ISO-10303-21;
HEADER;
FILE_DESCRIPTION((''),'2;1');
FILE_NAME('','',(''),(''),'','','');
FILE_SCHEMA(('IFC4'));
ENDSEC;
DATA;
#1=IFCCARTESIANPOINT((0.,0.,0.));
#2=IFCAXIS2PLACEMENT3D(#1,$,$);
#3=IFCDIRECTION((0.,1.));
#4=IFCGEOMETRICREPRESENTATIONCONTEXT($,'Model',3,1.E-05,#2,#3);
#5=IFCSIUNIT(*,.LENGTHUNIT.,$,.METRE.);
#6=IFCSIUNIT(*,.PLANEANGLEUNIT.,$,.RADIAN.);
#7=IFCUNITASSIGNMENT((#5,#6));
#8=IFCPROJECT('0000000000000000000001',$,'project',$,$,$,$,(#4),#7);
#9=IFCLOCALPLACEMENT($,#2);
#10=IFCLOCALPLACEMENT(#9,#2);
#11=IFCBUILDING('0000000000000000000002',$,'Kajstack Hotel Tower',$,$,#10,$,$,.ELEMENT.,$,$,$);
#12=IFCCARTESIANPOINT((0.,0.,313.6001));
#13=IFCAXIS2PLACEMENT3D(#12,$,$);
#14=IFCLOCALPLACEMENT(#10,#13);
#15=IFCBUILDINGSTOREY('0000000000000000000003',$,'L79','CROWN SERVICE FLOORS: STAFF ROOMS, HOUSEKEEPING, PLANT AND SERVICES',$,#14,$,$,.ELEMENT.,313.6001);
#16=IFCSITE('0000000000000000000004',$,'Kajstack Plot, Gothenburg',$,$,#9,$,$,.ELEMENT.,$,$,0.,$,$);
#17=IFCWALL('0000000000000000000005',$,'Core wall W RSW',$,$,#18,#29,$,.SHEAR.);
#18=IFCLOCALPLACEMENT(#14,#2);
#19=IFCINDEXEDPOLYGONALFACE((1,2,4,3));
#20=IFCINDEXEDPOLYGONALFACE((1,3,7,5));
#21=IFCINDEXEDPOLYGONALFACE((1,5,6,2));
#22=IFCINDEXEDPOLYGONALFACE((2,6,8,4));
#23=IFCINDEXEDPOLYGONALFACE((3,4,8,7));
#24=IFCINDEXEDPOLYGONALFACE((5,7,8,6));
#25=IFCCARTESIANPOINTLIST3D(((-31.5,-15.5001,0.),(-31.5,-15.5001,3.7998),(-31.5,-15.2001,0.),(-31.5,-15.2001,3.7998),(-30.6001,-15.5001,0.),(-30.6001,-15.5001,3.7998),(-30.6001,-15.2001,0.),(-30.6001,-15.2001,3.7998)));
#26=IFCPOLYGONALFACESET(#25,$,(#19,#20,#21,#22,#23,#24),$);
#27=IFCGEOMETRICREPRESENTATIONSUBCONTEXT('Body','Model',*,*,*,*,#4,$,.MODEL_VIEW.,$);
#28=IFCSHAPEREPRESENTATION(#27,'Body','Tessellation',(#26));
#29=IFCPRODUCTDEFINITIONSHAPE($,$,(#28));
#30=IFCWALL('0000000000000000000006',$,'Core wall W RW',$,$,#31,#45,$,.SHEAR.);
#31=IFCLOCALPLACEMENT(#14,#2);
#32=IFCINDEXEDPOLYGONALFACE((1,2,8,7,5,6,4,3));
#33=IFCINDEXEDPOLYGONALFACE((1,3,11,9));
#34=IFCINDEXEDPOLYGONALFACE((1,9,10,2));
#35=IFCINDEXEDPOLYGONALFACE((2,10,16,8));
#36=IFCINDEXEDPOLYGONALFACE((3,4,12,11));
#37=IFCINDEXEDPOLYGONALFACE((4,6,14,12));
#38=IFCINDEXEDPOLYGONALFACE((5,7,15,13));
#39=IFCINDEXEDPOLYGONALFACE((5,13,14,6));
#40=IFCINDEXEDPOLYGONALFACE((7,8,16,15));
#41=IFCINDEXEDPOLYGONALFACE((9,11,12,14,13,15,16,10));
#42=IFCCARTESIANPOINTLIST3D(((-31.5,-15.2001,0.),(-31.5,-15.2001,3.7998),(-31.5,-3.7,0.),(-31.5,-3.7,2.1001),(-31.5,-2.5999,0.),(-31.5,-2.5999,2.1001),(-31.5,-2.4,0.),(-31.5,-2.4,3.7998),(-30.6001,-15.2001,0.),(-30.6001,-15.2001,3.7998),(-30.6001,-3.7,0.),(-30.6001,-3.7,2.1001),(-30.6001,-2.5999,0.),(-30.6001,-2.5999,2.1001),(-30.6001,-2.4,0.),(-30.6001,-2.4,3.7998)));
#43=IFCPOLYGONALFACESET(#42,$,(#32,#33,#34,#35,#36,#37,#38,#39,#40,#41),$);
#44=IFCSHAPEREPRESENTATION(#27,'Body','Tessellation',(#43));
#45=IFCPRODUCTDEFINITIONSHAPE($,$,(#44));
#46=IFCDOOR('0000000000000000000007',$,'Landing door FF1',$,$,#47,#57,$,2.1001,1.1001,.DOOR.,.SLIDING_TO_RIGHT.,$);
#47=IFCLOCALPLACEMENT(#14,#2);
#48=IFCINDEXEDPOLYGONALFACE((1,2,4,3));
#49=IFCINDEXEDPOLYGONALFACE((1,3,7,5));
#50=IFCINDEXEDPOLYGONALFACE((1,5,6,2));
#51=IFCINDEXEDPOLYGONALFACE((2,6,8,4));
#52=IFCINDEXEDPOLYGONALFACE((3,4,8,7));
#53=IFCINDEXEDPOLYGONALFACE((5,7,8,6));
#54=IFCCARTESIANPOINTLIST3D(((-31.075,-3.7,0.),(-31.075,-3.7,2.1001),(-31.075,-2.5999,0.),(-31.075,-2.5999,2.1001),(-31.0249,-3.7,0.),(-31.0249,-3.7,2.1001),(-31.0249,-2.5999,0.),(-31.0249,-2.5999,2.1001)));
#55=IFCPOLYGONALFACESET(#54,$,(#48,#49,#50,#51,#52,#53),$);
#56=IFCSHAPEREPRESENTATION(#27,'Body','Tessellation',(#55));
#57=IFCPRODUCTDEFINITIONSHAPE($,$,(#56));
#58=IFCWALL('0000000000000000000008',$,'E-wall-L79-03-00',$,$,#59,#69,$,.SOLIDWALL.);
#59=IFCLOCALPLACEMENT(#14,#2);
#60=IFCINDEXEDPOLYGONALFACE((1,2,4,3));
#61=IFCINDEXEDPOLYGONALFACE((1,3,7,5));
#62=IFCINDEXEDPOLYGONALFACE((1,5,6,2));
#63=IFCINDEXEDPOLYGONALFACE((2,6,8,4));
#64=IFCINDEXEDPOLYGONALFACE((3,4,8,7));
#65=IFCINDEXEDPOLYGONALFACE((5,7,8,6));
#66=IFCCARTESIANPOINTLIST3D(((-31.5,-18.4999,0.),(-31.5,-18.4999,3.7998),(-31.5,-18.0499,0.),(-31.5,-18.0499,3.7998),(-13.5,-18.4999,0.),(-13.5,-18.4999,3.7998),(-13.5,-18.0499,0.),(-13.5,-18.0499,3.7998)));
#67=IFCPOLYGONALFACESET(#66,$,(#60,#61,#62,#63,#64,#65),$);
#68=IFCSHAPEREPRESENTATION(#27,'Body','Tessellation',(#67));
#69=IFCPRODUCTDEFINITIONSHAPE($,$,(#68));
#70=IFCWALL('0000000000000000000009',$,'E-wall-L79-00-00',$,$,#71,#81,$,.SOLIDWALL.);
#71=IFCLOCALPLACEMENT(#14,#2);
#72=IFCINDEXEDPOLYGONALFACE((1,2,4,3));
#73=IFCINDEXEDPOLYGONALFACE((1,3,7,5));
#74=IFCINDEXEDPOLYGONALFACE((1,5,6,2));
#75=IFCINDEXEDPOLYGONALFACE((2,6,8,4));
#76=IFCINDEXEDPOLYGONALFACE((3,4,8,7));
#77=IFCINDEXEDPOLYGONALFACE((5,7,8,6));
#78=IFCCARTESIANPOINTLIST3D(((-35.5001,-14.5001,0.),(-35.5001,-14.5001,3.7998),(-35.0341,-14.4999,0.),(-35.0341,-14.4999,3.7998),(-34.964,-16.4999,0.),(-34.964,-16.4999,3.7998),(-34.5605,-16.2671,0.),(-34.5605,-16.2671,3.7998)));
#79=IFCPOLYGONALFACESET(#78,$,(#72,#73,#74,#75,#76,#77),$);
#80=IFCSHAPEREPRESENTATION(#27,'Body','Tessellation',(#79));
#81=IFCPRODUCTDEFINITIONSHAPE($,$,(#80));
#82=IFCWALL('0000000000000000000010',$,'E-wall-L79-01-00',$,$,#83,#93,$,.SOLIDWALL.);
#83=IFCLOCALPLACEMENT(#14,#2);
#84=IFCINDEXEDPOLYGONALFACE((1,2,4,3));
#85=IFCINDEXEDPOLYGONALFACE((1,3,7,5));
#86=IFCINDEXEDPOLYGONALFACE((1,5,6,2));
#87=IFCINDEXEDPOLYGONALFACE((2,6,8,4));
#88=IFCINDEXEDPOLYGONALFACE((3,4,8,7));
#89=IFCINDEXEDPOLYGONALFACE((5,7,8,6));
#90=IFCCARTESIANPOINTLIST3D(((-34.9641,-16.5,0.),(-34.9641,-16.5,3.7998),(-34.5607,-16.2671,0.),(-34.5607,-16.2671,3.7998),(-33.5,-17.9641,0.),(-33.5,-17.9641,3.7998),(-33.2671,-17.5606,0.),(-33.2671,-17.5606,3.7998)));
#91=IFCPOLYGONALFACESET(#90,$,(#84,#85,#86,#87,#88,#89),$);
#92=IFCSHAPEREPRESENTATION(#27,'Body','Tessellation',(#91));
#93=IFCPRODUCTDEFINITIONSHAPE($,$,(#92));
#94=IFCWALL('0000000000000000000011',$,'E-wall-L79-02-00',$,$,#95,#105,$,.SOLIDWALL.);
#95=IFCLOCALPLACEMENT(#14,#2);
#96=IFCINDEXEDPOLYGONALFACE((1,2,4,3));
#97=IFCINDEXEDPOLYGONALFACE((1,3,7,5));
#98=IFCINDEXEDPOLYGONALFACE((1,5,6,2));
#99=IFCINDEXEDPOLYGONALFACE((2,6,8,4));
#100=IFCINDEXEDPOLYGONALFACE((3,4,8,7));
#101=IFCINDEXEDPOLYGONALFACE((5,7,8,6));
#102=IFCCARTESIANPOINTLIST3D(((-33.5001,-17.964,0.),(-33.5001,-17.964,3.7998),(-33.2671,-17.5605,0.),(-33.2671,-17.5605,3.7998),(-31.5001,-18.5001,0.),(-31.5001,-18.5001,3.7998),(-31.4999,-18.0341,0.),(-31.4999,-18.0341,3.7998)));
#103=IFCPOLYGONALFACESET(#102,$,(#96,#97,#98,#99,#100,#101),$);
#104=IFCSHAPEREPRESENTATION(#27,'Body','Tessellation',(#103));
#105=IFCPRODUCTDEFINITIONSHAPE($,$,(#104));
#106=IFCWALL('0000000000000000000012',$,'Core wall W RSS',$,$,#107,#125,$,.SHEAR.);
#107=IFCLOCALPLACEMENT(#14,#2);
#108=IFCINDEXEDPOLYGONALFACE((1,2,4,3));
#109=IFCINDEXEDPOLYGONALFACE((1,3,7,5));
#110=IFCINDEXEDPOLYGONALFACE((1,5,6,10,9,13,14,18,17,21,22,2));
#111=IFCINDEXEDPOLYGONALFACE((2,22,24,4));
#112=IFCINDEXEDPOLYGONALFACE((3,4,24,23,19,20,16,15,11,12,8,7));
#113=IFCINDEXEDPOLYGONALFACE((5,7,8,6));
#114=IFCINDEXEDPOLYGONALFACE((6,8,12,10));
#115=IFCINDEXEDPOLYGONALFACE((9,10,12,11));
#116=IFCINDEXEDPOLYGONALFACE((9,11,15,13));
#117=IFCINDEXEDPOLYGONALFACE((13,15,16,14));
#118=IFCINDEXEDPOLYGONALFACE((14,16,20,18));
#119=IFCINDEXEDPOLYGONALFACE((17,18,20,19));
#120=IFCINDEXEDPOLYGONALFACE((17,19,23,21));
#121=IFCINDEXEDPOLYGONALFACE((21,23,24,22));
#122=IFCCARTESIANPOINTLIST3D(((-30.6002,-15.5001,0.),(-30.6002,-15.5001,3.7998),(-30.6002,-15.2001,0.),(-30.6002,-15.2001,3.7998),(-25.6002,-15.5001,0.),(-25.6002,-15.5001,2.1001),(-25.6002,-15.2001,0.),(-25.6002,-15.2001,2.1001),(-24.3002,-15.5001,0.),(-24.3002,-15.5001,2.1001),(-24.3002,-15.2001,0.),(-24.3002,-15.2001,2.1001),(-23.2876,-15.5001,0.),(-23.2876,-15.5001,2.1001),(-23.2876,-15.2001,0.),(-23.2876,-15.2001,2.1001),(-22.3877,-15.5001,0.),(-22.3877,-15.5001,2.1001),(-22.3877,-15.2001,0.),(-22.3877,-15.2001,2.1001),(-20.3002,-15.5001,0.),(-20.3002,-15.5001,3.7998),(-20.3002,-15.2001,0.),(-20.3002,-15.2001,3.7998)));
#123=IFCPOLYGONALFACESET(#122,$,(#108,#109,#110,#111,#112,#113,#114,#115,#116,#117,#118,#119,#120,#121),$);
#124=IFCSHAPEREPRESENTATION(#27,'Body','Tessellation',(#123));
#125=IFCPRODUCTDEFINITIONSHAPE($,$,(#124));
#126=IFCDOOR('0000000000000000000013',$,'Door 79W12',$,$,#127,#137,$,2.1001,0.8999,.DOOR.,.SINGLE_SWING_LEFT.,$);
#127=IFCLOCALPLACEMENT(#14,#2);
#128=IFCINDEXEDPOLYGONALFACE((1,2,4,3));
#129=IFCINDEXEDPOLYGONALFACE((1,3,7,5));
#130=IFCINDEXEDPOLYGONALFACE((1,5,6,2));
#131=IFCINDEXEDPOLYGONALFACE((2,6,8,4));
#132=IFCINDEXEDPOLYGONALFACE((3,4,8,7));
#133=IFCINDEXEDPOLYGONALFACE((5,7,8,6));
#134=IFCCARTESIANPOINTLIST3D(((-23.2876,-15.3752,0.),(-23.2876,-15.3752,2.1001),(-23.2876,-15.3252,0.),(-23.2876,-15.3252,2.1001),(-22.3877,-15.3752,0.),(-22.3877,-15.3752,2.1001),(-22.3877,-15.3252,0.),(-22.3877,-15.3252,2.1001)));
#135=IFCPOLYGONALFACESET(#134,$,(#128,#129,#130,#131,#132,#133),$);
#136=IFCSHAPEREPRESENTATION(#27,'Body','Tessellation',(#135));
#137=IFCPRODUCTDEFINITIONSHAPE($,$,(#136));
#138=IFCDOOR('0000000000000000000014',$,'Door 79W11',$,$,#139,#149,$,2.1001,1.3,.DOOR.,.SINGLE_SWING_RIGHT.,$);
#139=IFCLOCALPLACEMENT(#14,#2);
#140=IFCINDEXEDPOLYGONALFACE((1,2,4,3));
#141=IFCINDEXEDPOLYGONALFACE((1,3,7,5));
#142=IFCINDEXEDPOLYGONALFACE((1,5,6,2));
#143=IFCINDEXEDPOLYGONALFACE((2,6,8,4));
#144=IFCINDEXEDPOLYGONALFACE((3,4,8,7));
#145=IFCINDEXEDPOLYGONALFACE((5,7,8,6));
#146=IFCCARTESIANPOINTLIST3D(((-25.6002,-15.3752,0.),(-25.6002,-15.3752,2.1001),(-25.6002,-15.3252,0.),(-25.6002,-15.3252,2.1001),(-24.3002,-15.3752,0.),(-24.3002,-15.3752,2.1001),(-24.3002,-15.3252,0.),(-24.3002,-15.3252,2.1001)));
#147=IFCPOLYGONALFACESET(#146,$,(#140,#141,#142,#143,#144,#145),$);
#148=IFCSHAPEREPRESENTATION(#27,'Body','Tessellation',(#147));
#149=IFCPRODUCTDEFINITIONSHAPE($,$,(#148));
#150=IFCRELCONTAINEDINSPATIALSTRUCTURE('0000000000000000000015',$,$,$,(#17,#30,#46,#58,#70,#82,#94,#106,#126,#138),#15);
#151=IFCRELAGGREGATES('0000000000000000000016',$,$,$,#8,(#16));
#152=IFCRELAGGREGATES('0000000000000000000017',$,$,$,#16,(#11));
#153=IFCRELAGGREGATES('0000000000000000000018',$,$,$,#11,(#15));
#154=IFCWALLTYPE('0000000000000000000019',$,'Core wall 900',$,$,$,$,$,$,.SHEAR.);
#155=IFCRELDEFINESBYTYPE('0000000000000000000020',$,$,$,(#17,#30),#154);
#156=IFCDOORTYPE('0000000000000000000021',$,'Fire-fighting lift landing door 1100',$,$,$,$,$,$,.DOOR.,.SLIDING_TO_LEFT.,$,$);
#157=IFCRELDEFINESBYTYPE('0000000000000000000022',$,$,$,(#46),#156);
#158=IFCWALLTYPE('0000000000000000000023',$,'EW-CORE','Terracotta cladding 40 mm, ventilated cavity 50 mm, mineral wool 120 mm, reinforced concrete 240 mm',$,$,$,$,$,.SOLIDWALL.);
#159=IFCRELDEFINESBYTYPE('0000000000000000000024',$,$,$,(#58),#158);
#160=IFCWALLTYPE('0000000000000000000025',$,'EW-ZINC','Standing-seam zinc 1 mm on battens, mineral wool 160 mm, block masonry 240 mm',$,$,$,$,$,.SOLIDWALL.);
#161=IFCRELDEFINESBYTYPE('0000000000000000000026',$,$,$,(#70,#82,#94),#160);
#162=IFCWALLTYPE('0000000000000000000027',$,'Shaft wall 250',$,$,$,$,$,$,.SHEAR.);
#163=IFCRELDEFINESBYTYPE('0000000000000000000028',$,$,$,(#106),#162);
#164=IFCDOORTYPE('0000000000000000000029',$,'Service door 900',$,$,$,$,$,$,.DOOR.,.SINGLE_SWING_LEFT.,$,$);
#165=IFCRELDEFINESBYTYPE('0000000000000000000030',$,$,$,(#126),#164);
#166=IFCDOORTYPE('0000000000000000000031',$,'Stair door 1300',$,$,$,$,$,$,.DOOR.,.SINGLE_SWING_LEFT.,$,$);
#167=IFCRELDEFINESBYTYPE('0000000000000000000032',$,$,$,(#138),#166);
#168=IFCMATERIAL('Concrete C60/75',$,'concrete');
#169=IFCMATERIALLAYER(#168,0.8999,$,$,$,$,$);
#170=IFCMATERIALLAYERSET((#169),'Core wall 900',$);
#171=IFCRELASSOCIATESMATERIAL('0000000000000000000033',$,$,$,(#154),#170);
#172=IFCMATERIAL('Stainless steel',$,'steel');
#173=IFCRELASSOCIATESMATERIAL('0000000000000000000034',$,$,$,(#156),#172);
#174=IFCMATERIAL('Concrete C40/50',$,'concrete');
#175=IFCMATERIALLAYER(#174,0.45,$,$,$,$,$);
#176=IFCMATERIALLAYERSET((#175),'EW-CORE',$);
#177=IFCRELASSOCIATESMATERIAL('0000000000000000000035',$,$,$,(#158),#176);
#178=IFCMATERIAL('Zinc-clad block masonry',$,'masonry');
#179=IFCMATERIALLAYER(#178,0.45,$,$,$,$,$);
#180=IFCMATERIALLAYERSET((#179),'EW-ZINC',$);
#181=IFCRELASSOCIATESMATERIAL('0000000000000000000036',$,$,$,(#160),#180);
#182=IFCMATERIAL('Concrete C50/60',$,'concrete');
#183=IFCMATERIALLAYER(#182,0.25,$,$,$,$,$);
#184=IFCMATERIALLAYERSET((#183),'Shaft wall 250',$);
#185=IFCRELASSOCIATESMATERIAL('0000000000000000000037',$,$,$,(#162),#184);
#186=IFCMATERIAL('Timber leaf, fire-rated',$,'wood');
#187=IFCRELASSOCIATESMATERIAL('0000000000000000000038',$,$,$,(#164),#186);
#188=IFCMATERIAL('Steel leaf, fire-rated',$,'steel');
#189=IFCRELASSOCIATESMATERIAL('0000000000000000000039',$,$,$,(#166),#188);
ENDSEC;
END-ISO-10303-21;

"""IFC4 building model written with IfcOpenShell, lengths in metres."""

from ifc_helpers import new_model, si_unit, direction, frame, frame_2d, origin, place, context, subcontext, project, spatial, polyline, rectangle, outline, extrude, material, layer, layer_set, type_object, element, fill, save


model = new_model("IFC4")

# Units and contexts
model_context = context("Model", 3, precision=1e-05, world=origin(), true_north=direction((0.0, 1.0)))
body_context = subcontext(model_context, "Body", "Model", "MODEL_VIEW")
ifc_project = project(units=[si_unit("LENGTHUNIT", "METRE"), si_unit("PLANEANGLEUNIT", "RADIAN")], contexts=[model_context])

# Site, building, storey
site_placement = place(None, origin())
site = spatial("IfcSite", under=ifc_project, at=site_placement, Name="Kajstack Plot, Gothenburg", CompositionType="ELEMENT", RefElevation=0.0)
building_placement = place(site_placement, origin())
building = spatial("IfcBuilding", under=site, at=building_placement, Name="Kajstack Hotel Tower", CompositionType="ELEMENT")
storey_placement = place(building_placement, frame((0.0, 0.0, 313.6001)))
storey = spatial("IfcBuildingStorey", under=building, at=storey_placement, Name="L79", Description="CROWN SERVICE FLOORS: STAFF ROOMS, HOUSEKEEPING, PLANT AND SERVICES", CompositionType="ELEMENT", Elevation=313.6001)

# Wall
ifc_material_1 = material(Name="Concrete C60/75", Category="concrete")
ifc_layer_1 = layer(ifc_material_1, 0.8999)
ifc_layer_set_1 = layer_set([ifc_layer_1], Name="Core wall 900")
wall_type_1 = type_object("IfcWallType", Name="Core wall 900", PredefinedType="SHEAR", material=ifc_layer_set_1)
wall_1_placement = place(storey_placement, frame((-31.5, -15.3501, 0.0), z_axis=(0.0, 0.0, 1.0), x_axis=(1.0, 0.0, 0.0)))
element("IfcWall", 1, at=wall_1_placement, inside=storey, type_object=wall_type_1, Name="Core wall W RSW", PredefinedType="SHEAR", context=body_context, shape_type="SweptSolid", body=[
    extrude(rectangle(XDim=0.8999, YDim=0.3, at=frame_2d((0.45, 0.0))), origin(), (0.0, 0.0, 1.0), 3.7998),
])

# Wall, opening, door
wall_2_placement = place(storey_placement, frame((-31.05, -15.2, 0.0), z_axis=(0.0, 0.0, 1.0), x_axis=(0.0, 1.0, 0.0)))
wall_2 = element("IfcWall", 2, at=wall_2_placement, inside=storey, type_object=wall_type_1, Name="Core wall W RW", PredefinedType="SHEAR", context=body_context, shape_type="SweptSolid", body=[
    extrude(rectangle(XDim=12.8, YDim=0.8999, at=frame_2d((6.3999, 0.0))), origin(), (0.0, 0.0, 1.0), 3.7998),
])
opening_1_placement = place(wall_2_placement, frame((11.5, 0.0, 0.0)))
opening_1 = element("IfcOpeningElement", 3, at=opening_1_placement, cuts=wall_2, PredefinedType="OPENING", context=body_context, shape_type="SweptSolid", body=[
    extrude(rectangle(XDim=1.1001, YDim=2.1001, at=frame_2d((0.55, 1.05))), frame((0.0, 0.46, 0.0), z_axis=(0.0, -1.0, 0.0), x_axis=(1.0, 0.0, 0.0)), (0.0, 0.0, 1.0), 0.9199),
])
ifc_material_2 = material(Name="Stainless steel", Category="steel")
door_type_1 = type_object("IfcDoorType", Name="Fire-fighting lift landing door 1100", OperationType="SLIDING_TO_LEFT", PredefinedType="DOOR", material=ifc_material_2)
door_1_placement = place(opening_1_placement, origin())
door_1 = element("IfcDoor", 4, at=door_1_placement, inside=storey, type_object=door_type_1, Name="Landing door FF1", OperationType="SLIDING_TO_RIGHT", OverallHeight=2.1001, OverallWidth=1.1001, PredefinedType="DOOR", context=body_context, shape_type="SweptSolid", body=[
    extrude(rectangle(XDim=1.1001, YDim=2.1001, at=frame_2d((0.55, 1.05))), frame((0.0, 0.0249, 0.0), z_axis=(0.0, -1.0, 0.0), x_axis=(1.0, 0.0, 0.0)), (0.0, 0.0, 1.0), 0.05),
])
fill(opening_1, door_1)

# Walls
ifc_material_3 = material(Name="Concrete C40/50", Category="concrete")
ifc_layer_2 = layer(ifc_material_3, 0.45)
ifc_layer_set_2 = layer_set([ifc_layer_2], Name="EW-CORE")
wall_type_2 = type_object("IfcWallType", Name="EW-CORE", Description="Terracotta cladding 40 mm, ventilated cavity 50 mm, mineral wool 120 mm, reinforced concrete 240 mm", PredefinedType="SOLIDWALL", material=ifc_layer_set_2)
wall_3_placement = place(storey_placement, frame((-31.5, -18.2749, 0.0), z_axis=(0.0, 0.0, 1.0), x_axis=(1.0, 0.0, 0.0)))
element("IfcWall", 5, at=wall_3_placement, inside=storey, type_object=wall_type_2, Name="E-wall-L79-03-00", PredefinedType="SOLIDWALL", context=body_context, shape_type="SweptSolid", body=[
    extrude(rectangle(XDim=18.0, YDim=0.45, at=frame_2d((9.0, 0.0))), origin(), (0.0, 0.0, 1.0), 3.7998),
])
ifc_material_4 = material(Name="Zinc-clad block masonry", Category="masonry")
ifc_layer_3 = layer(ifc_material_4, 0.45)
ifc_layer_set_3 = layer_set([ifc_layer_3], Name="EW-ZINC")
wall_type_3 = type_object("IfcWallType", Name="EW-ZINC", Description="Standing-seam zinc 1 mm on battens, mineral wool 160 mm, block masonry 240 mm", PredefinedType="SOLIDWALL", material=ifc_layer_set_3)
wall_4_placement = place(storey_placement, frame((-35.2827, -14.4417, 0.0), z_axis=(0.0, 0.0, 1.0), x_axis=(0.258815, -0.965927, 0.0)))
element("IfcWall", 6, at=wall_4_placement, inside=storey, type_object=wall_type_3, Name="E-wall-L79-00-00", PredefinedType="SOLIDWALL", context=body_context, shape_type="SweptSolid", body=[
    extrude(outline(polyline([(0.0002, -0.2251), (2.0706, -0.2249), (1.9502, 0.2251), (0.1206, 0.2251), (0.0002, -0.2251)])), origin(), (0.0, 0.0, 1.0), 3.7998),
])
wall_5_placement = place(storey_placement, frame((-34.8049, -16.3408, 0.0), z_axis=(0.0, 0.0, 1.0), x_axis=(0.707107, -0.707107, 0.0)))
element("IfcWall", 7, at=wall_5_placement, inside=storey, type_object=wall_type_3, Name="E-wall-L79-01-00", PredefinedType="SOLIDWALL", context=body_context, shape_type="SweptSolid", body=[
    extrude(outline(polyline([(0.0, -0.2251), (2.0706, -0.2251), (1.95, 0.2249), (0.1206, 0.2249), (0.0, -0.2251)])), origin(), (0.0, 0.0, 1.0), 3.7998),
])
wall_6_placement = place(storey_placement, frame((-33.4417, -17.7468, 0.0), z_axis=(0.0, 0.0, 1.0), x_axis=(0.965927, -0.258815, 0.0)))
element("IfcWall", 8, at=wall_6_placement, inside=storey, type_object=wall_type_3, Name="E-wall-L79-02-00", PredefinedType="SOLIDWALL", context=body_context, shape_type="SweptSolid", body=[
    extrude(outline(polyline([(-0.0002, -0.2249), (2.0703, -0.2251), (1.95, 0.2251), (0.1204, 0.2251), (-0.0002, -0.2249)])), origin(), (0.0, 0.0, 1.0), 3.7998),
])

# Wall, openings, doors
ifc_material_5 = material(Name="Concrete C50/60", Category="concrete")
ifc_layer_4 = layer(ifc_material_5, 0.25)
ifc_layer_set_4 = layer_set([ifc_layer_4], Name="Shaft wall 250")
wall_type_4 = type_object("IfcWallType", Name="Shaft wall 250", PredefinedType="SHEAR", material=ifc_layer_set_4)
wall_7_placement = place(storey_placement, frame((-30.6001, -15.3501, 0.0), z_axis=(0.0, 0.0, 1.0), x_axis=(1.0, 0.0, 0.0)))
wall_7 = element("IfcWall", 9, at=wall_7_placement, inside=storey, type_object=wall_type_4, Name="Core wall W RSS", PredefinedType="SHEAR", context=body_context, shape_type="SweptSolid", body=[
    extrude(rectangle(XDim=10.3, YDim=0.3, at=frame_2d((5.1499, 0.0))), origin(), (0.0, 0.0, 1.0), 3.7998),
])
opening_2_placement = place(wall_7_placement, frame((5.0, 0.0, 0.0)))
opening_2 = element("IfcOpeningElement", 10, at=opening_2_placement, cuts=wall_7, PredefinedType="OPENING", context=body_context, shape_type="SweptSolid", body=[
    extrude(rectangle(XDim=1.3, YDim=2.1001, at=frame_2d((0.6499, 1.05))), frame((0.0, 0.1599, 0.0), z_axis=(0.0, -1.0, 0.0), x_axis=(1.0, 0.0, 0.0)), (0.0, 0.0, 1.0), 0.3201),
])
opening_3_placement = place(wall_7_placement, frame((7.3125, 0.0, 0.0)))
opening_3 = element("IfcOpeningElement", 11, at=opening_3_placement, cuts=wall_7, PredefinedType="OPENING", context=body_context, shape_type="SweptSolid", body=[
    extrude(rectangle(XDim=0.8999, YDim=2.1001, at=frame_2d((0.45, 1.05))), frame((0.0, 0.1599, 0.0), z_axis=(0.0, -1.0, 0.0), x_axis=(1.0, 0.0, 0.0)), (0.0, 0.0, 1.0), 0.3201),
])
ifc_material_6 = material(Name="Timber leaf, fire-rated", Category="wood")
door_type_2 = type_object("IfcDoorType", Name="Service door 900", OperationType="SINGLE_SWING_LEFT", PredefinedType="DOOR", material=ifc_material_6)
door_2_placement = place(opening_3_placement, origin())
door_2 = element("IfcDoor", 12, at=door_2_placement, inside=storey, type_object=door_type_2, Name="Door 79W12", OperationType="SINGLE_SWING_LEFT", OverallHeight=2.1001, OverallWidth=0.8999, PredefinedType="DOOR", context=body_context, shape_type="SweptSolid", body=[
    extrude(rectangle(XDim=0.8999, YDim=2.1001, at=frame_2d((0.45, 1.05))), frame((0.0, 0.0249, 0.0), z_axis=(0.0, -1.0, 0.0), x_axis=(1.0, 0.0, 0.0)), (0.0, 0.0, 1.0), 0.05),
])
fill(opening_3, door_2)
ifc_material_7 = material(Name="Steel leaf, fire-rated", Category="steel")
door_type_3 = type_object("IfcDoorType", Name="Stair door 1300", OperationType="SINGLE_SWING_LEFT", PredefinedType="DOOR", material=ifc_material_7)
door_3_placement = place(opening_2_placement, origin())
door_3 = element("IfcDoor", 13, at=door_3_placement, inside=storey, type_object=door_type_3, Name="Door 79W11", OperationType="SINGLE_SWING_RIGHT", OverallHeight=2.1001, OverallWidth=1.3, PredefinedType="DOOR", context=body_context, shape_type="SweptSolid", body=[
    extrude(rectangle(XDim=1.3, YDim=2.1001, at=frame_2d((0.6499, 1.05))), frame((0.0, 0.0249, 0.0), z_axis=(0.0, -1.0, 0.0), x_axis=(1.0, 0.0, 0.0)), (0.0, 0.0, 1.0), 0.05),
])
fill(opening_2, door_3)

save(model, "model.ifc")
